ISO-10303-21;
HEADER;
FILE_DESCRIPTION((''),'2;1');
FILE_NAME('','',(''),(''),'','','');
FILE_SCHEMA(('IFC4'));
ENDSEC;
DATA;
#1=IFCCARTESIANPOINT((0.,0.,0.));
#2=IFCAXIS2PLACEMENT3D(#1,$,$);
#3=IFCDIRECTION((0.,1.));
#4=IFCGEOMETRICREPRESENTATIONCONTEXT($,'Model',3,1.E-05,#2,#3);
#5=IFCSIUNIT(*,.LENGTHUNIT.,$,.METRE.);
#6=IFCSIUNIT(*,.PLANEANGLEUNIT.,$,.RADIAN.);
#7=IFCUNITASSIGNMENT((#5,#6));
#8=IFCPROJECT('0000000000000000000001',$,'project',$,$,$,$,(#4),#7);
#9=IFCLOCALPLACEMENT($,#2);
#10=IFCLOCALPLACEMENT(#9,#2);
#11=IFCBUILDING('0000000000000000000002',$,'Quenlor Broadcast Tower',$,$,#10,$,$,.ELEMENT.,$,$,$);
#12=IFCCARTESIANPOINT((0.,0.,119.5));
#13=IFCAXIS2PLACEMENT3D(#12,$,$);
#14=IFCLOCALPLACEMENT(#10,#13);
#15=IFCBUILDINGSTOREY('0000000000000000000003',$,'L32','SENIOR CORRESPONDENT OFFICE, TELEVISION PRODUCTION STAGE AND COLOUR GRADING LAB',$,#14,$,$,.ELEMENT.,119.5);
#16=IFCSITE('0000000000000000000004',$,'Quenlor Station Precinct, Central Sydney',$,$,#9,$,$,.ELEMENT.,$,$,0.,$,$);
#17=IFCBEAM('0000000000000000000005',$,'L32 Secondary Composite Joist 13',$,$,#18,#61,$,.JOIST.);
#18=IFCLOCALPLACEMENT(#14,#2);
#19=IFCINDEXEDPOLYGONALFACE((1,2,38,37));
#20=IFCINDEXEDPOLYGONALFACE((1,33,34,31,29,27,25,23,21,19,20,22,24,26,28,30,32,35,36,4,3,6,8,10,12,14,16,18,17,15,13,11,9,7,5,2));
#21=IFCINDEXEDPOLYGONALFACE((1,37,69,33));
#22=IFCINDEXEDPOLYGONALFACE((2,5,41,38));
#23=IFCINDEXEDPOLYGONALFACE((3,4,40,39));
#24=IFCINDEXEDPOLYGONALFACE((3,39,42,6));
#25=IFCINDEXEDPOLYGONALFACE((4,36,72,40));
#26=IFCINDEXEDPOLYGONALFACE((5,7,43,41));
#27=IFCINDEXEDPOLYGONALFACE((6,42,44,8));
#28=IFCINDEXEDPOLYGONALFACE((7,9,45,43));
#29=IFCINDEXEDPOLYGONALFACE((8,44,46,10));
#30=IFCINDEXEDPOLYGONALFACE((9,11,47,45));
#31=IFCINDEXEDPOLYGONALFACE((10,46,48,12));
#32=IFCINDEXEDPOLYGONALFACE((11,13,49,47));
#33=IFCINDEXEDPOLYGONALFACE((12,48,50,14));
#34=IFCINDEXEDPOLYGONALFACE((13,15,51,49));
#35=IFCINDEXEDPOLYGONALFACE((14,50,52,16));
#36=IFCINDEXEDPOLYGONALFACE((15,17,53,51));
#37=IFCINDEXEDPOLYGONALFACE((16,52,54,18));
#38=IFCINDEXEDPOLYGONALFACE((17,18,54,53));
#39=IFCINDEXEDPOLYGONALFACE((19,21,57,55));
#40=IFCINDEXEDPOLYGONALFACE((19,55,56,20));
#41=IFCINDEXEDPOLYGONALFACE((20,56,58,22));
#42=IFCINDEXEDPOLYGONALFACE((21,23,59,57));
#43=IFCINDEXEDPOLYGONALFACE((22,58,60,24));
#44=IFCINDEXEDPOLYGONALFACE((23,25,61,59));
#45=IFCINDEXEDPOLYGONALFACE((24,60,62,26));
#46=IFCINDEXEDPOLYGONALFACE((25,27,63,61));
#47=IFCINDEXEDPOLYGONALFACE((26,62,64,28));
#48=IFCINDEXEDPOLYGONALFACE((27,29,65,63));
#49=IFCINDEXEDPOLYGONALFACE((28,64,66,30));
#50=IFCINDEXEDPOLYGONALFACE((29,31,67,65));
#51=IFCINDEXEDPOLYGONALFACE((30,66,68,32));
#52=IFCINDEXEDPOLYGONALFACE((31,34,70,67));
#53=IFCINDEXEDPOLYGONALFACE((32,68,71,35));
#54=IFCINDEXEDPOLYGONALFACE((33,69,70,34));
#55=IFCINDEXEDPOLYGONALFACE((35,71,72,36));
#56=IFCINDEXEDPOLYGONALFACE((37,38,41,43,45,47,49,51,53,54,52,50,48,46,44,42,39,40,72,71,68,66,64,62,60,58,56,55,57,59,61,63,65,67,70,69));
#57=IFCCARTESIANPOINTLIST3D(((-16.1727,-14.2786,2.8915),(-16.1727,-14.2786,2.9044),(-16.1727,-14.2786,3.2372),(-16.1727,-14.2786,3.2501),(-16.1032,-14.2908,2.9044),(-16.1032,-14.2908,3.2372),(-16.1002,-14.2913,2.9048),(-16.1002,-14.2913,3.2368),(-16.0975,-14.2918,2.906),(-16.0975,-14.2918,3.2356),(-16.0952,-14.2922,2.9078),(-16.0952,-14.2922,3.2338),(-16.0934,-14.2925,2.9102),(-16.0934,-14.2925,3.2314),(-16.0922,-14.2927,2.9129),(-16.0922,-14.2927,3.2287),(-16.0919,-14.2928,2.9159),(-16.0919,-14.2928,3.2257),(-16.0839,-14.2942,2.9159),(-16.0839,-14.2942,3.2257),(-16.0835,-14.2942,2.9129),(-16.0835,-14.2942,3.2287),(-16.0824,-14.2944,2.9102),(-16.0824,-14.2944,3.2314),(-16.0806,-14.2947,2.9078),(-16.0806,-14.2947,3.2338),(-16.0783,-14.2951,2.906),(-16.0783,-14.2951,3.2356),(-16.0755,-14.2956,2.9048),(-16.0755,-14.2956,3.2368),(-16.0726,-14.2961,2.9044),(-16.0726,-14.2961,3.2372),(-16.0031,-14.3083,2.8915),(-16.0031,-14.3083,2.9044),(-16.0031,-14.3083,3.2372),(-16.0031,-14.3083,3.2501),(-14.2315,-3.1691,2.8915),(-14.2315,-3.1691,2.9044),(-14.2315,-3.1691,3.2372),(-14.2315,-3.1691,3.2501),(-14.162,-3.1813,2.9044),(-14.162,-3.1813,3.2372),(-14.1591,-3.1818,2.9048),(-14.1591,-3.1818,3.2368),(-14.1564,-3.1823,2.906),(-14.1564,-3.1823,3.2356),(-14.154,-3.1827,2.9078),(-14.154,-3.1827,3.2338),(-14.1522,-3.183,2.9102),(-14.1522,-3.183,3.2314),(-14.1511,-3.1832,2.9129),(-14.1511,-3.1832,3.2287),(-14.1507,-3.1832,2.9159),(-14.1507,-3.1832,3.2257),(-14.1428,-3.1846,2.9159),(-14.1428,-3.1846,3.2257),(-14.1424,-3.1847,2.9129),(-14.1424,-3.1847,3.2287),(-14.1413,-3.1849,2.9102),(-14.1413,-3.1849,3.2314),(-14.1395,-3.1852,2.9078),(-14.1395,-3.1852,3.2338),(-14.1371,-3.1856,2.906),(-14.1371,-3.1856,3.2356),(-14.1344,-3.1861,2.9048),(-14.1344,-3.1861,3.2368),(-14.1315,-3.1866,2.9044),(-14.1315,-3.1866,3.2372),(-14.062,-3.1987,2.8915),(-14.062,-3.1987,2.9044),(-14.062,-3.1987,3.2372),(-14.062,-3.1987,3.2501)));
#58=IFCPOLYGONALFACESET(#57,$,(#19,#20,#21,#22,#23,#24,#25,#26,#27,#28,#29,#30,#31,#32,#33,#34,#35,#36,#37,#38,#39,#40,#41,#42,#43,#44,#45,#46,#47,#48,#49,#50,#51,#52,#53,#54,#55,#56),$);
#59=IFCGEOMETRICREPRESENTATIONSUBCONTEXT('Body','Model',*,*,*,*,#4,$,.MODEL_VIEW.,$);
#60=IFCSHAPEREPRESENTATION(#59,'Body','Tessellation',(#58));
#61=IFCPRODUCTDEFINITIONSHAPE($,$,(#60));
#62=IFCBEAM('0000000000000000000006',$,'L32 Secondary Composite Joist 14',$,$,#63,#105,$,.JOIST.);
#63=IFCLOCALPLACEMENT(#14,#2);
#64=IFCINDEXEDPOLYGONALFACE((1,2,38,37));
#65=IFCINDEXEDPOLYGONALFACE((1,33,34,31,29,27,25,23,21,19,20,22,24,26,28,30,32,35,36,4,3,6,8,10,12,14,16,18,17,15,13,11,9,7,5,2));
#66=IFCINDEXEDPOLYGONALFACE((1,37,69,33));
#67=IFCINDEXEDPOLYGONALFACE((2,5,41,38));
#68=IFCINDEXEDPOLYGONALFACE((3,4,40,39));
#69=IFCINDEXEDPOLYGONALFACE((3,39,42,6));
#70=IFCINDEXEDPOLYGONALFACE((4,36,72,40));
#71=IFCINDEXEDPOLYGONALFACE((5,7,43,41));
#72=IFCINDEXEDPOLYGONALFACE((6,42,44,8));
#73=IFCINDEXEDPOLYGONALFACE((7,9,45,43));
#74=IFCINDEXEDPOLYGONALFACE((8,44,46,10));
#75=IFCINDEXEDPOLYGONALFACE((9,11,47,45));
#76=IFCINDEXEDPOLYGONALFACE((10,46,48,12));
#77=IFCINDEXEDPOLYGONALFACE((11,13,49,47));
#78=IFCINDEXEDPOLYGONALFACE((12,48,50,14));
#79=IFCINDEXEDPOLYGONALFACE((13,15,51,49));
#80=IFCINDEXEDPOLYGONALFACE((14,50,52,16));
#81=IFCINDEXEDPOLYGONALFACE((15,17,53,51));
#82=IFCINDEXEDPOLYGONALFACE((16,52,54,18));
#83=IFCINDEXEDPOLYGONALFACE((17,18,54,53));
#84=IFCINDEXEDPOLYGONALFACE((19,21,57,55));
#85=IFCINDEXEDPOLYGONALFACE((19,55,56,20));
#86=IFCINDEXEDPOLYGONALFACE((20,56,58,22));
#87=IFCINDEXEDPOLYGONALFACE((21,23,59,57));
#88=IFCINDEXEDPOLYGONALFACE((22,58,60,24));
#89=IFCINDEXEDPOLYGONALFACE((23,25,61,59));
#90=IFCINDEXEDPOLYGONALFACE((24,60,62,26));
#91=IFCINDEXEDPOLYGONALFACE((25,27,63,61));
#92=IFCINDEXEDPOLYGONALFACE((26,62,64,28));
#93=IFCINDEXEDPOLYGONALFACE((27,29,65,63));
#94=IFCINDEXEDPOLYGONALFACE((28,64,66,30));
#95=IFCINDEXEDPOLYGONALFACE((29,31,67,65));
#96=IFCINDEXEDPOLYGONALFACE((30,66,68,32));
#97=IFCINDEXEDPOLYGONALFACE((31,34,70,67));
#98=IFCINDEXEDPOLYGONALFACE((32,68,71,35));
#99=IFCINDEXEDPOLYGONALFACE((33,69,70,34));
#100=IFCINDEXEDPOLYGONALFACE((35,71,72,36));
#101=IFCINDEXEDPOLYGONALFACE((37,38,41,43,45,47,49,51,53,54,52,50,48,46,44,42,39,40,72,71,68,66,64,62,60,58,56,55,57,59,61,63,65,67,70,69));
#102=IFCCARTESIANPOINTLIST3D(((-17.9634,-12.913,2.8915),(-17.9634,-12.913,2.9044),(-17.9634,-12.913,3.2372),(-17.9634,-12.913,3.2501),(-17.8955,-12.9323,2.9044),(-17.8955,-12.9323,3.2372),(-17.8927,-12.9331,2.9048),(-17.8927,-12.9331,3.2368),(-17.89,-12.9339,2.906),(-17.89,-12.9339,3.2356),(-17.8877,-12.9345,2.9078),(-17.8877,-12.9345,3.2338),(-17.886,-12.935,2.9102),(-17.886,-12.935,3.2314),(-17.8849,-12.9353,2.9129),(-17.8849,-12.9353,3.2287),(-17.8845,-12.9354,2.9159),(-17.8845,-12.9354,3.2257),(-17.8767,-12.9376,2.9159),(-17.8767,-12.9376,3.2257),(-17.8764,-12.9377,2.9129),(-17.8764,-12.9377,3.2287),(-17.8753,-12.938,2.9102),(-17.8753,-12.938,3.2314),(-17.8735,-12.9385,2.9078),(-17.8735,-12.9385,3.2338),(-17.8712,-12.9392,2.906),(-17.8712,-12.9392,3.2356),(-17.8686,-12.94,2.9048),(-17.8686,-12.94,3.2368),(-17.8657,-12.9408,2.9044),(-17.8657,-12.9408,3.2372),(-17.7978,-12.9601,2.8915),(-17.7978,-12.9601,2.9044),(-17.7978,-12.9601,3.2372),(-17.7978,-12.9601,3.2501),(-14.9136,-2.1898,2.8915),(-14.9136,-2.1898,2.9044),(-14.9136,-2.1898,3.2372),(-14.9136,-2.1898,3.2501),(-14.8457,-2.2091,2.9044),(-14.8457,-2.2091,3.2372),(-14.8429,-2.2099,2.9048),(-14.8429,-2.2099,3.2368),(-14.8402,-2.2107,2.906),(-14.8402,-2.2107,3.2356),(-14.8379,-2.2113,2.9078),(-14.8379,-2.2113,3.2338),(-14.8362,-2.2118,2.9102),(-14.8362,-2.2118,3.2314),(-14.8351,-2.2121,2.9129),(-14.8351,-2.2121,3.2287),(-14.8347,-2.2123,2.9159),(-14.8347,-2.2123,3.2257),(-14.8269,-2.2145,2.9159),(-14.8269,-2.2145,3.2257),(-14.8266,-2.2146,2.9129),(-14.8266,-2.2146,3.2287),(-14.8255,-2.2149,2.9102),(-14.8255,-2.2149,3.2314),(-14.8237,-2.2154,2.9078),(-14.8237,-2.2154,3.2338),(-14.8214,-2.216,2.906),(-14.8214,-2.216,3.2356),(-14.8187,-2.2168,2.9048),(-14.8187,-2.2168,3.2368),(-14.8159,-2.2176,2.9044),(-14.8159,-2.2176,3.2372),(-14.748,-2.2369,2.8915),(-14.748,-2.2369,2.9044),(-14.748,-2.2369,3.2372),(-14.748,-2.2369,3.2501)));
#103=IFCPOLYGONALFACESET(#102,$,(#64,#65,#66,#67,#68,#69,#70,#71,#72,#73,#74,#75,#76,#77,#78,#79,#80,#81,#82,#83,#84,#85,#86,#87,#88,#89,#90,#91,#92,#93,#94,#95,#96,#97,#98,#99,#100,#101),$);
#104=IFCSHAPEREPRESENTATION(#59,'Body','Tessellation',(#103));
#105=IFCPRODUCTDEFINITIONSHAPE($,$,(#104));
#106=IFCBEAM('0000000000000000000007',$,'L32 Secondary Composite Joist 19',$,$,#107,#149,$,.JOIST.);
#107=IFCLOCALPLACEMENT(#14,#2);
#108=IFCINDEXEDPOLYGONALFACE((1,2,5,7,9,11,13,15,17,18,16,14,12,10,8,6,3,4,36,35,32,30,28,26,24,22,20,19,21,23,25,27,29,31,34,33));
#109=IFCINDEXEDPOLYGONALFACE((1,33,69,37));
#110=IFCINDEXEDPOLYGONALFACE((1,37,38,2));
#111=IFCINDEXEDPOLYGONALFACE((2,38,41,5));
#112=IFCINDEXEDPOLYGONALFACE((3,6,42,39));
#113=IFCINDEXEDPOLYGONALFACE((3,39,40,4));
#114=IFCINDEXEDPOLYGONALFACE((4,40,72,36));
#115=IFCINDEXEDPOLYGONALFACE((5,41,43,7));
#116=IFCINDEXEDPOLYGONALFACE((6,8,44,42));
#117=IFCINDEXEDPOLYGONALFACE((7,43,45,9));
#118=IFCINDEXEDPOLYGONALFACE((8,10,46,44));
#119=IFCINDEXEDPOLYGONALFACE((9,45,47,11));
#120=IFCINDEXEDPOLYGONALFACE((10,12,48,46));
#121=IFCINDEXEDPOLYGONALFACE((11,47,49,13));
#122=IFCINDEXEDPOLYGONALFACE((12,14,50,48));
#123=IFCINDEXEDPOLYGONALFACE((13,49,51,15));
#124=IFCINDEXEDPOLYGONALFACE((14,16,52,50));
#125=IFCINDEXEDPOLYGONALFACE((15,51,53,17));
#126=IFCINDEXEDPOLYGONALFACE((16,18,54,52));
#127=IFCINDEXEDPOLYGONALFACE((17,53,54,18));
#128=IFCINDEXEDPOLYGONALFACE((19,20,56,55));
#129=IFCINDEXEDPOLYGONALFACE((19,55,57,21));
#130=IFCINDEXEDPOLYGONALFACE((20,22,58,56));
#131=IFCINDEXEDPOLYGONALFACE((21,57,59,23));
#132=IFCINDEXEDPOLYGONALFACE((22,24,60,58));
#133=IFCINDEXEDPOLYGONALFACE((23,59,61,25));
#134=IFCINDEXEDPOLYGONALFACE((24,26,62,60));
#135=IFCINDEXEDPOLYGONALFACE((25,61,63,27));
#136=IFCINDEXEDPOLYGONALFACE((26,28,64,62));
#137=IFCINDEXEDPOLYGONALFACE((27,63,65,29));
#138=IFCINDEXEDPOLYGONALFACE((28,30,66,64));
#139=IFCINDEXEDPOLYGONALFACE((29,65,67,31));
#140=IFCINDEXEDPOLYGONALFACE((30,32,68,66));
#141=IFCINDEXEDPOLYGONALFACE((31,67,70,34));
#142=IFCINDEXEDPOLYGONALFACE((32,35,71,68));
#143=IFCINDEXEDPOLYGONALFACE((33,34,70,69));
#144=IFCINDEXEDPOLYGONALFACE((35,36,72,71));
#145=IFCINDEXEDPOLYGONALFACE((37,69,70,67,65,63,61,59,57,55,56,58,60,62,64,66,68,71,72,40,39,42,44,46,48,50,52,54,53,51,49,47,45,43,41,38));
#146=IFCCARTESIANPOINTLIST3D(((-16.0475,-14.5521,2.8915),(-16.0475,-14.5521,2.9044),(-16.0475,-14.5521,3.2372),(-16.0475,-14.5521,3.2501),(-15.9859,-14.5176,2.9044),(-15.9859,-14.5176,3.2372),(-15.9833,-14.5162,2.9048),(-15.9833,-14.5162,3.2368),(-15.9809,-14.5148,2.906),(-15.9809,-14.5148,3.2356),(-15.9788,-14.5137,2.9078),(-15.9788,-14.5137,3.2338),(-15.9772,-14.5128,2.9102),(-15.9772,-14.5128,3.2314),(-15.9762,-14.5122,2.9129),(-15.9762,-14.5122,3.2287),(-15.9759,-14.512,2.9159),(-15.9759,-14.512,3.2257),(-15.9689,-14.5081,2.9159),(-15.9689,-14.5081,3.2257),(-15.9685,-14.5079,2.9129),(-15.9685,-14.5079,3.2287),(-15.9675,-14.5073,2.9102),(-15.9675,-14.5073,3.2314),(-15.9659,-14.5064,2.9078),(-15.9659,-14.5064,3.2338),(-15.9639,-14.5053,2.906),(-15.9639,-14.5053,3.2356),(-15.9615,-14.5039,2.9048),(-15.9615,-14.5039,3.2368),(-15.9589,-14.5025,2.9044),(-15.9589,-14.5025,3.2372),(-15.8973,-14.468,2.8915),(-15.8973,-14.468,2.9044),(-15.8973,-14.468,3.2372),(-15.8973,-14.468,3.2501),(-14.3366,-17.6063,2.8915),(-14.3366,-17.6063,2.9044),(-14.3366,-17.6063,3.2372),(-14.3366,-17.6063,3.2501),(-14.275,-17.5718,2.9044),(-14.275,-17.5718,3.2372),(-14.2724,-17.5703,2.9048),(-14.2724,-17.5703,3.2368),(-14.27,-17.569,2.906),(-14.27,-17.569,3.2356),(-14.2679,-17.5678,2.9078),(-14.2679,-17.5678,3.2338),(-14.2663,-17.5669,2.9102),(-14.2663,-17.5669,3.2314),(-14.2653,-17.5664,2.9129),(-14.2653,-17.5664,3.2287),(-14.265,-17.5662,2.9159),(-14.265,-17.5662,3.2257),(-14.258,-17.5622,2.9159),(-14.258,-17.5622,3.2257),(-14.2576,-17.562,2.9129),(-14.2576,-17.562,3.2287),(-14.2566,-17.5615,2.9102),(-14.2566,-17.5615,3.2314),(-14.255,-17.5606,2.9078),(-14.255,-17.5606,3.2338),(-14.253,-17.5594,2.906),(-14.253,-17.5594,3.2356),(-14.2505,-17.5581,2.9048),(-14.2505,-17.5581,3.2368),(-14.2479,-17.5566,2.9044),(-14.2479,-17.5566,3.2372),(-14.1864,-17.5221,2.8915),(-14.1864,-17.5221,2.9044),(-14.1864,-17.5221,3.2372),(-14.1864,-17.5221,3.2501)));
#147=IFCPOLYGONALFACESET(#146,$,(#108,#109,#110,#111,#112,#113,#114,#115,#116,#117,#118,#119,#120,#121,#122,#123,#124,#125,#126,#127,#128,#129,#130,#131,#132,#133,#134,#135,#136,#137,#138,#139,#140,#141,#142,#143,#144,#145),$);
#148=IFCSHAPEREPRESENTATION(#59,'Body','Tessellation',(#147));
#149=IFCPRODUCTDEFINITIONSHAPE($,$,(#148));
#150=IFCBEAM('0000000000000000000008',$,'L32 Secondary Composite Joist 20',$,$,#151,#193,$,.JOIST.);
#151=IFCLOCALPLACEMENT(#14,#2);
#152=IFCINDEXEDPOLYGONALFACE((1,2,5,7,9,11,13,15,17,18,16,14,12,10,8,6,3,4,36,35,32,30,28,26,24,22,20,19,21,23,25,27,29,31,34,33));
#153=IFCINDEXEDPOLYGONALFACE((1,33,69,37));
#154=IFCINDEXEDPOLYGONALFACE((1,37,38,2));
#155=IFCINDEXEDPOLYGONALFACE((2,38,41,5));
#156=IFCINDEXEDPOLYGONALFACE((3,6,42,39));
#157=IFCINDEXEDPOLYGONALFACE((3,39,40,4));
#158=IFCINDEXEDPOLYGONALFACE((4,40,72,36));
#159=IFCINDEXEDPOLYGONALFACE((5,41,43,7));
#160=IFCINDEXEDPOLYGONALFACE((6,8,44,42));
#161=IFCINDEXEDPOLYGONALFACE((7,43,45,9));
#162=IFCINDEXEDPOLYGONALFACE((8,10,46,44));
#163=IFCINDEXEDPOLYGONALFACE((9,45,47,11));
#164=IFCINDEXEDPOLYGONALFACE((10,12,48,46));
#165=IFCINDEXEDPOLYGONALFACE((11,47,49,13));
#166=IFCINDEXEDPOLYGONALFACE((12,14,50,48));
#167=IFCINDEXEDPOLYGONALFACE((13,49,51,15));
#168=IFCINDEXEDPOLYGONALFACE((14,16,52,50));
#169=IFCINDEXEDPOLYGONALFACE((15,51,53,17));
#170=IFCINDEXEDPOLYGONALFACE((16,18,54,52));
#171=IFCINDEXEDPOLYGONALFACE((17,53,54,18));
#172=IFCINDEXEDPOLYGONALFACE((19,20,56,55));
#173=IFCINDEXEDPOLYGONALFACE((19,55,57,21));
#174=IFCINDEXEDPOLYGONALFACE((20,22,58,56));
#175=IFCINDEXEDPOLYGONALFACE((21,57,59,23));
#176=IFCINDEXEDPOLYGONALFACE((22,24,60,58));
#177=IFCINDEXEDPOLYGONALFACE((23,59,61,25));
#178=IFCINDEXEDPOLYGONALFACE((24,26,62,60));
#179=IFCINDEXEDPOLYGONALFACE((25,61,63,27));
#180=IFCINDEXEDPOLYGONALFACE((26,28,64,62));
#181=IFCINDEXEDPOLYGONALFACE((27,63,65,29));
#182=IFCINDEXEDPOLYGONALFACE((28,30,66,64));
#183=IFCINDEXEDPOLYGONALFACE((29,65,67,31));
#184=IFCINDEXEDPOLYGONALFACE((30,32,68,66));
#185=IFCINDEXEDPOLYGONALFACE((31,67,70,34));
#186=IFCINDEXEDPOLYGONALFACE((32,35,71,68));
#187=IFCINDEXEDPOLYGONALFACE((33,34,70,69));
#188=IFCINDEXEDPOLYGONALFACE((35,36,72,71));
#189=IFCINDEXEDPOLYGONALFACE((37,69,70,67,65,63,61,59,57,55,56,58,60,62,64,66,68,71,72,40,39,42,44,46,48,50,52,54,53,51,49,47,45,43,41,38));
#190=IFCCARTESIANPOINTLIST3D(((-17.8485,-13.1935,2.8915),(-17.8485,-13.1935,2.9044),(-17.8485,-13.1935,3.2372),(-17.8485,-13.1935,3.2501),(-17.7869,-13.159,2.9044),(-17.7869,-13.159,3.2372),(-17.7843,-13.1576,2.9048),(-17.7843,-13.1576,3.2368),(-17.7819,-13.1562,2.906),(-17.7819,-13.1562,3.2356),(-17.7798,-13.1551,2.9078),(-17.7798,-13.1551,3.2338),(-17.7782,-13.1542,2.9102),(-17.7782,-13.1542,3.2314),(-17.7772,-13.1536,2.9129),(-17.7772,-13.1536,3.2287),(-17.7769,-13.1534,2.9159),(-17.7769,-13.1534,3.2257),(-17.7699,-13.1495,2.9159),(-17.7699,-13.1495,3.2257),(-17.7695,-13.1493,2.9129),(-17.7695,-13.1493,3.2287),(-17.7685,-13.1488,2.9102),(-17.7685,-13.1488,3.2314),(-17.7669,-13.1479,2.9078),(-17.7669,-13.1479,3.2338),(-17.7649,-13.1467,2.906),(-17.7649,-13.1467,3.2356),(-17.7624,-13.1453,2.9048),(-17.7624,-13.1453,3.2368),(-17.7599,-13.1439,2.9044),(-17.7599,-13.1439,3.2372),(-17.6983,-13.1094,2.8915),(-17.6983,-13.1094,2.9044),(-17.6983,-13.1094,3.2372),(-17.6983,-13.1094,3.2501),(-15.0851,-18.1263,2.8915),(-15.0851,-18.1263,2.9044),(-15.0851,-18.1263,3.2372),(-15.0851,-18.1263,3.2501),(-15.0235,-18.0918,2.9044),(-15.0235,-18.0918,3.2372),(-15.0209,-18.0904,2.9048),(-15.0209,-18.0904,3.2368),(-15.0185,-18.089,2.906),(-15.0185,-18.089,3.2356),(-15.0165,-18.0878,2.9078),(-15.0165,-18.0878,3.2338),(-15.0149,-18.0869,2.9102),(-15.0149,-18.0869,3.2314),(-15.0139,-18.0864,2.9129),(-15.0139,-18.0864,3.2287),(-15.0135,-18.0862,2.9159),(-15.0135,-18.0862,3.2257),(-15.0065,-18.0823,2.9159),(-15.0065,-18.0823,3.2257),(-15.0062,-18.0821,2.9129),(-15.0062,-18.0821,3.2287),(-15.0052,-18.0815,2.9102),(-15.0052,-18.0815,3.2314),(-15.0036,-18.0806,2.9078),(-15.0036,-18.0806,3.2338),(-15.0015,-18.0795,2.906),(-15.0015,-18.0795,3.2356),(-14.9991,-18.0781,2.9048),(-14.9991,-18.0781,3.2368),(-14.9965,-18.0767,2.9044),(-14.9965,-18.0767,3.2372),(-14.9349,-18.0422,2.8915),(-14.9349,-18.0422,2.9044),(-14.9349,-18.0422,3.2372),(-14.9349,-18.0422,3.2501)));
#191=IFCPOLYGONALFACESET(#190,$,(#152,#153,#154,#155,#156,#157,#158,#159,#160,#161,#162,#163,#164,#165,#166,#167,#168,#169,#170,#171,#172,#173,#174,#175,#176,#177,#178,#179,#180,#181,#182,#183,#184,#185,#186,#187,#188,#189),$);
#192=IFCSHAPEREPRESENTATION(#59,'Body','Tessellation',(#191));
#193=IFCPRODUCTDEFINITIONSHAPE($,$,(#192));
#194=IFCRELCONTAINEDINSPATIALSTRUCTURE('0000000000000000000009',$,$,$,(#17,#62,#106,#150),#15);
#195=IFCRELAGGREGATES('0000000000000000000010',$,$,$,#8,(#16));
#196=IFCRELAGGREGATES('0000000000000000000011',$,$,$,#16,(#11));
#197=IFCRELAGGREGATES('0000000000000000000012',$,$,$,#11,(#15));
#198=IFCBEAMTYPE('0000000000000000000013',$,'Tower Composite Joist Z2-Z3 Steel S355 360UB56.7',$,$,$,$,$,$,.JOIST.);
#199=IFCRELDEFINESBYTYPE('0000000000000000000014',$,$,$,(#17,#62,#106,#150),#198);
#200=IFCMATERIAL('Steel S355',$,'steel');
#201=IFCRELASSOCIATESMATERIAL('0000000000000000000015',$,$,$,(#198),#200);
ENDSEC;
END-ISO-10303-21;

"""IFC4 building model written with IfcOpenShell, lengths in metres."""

from ifc_helpers import new_model, si_unit, direction, frame, origin, origin_2d, place, context, subcontext, project, spatial, i_section, extrude, material, material_profile, profile_set, type_object, element, save


model = new_model("IFC4")

# Units and contexts
model_context = context("Model", 3, precision=1e-05, world=origin(), true_north=direction((0.0, 1.0)))
body_context = subcontext(model_context, "Body", "Model", "MODEL_VIEW")
ifc_project = project(units=[si_unit("LENGTHUNIT", "METRE"), si_unit("PLANEANGLEUNIT", "RADIAN")], contexts=[model_context])

# Site, building, storey
site_placement = place(None, origin())
site = spatial("IfcSite", under=ifc_project, at=site_placement, Name="Quenlor Station Precinct, Central Sydney", CompositionType="ELEMENT", RefElevation=0.0)
building_placement = place(site_placement, origin())
building = spatial("IfcBuilding", under=site, at=building_placement, Name="Quenlor Broadcast Tower", CompositionType="ELEMENT")
storey_placement = place(building_placement, frame((0.0, 0.0, 119.5)))
storey = spatial("IfcBuildingStorey", under=building, at=storey_placement, Name="L32", Description="SENIOR CORRESPONDENT OFFICE, TELEVISION PRODUCTION STAGE AND COLOUR GRADING LAB", CompositionType="ELEMENT", Elevation=119.5)

# Beams
ifc_material_1 = material(Name="Steel S355", Category="steel")
ifc_material_profile_1 = material_profile(ifc_material_1, i_section(OverallWidth=0.1721, OverallDepth=0.3586, WebThickness=0.0081, FlangeThickness=0.0129, FilletRadius=0.0115, at=origin_2d()))
ifc_profile_set_1 = profile_set([ifc_material_profile_1], Name="Steel S355 360UB56.7")
beam_type_1 = type_object("IfcBeamType", Name="Tower Composite Joist Z2-Z3 Steel S355 360UB56.7", PredefinedType="JOIST", material=ifc_profile_set_1)
beam_1_placement = place(storey_placement, frame((-16.0879, -14.2935, 3.0708), z_axis=(0.17212, 0.985076, 0.0), x_axis=(-0.985076, 0.17212, 0.0)))
element("IfcBeam", 1, at=beam_1_placement, inside=storey, type_object=beam_type_1, Name="L32 Secondary Composite Joist 13", PredefinedType="JOIST", context=body_context, shape_type="SweptSolid", body=[
    extrude(i_section(OverallWidth=0.1721, OverallDepth=0.3586, WebThickness=0.0081, FlangeThickness=0.0129, FilletRadius=0.0115, at=origin_2d()), origin(), (0.0, 0.0, 1.0), 11.2778),
])
beam_2_placement = place(storey_placement, frame((-17.8806, -12.9365, 3.0708), z_axis=(0.273564, 0.961854, 0.0), x_axis=(-0.961854, 0.273564, 0.0)))
element("IfcBeam", 2, at=beam_2_placement, inside=storey, type_object=beam_type_1, Name="L32 Secondary Composite Joist 14", PredefinedType="JOIST", context=body_context, shape_type="SweptSolid", body=[
    extrude(i_section(OverallWidth=0.1721, OverallDepth=0.3586, WebThickness=0.0081, FlangeThickness=0.0129, FilletRadius=0.0115, at=origin_2d()), origin(), (0.0, 0.0, 1.0), 11.1484),
])
beam_3_placement = place(storey_placement, frame((-14.2615, -17.5642, 3.0708), z_axis=(-0.488731, 0.872435, 0.0), x_axis=(-0.872435, -0.488731, 0.0)))
element("IfcBeam", 3, at=beam_3_placement, inside=storey, type_object=beam_type_1, Name="L32 Secondary Composite Joist 19", PredefinedType="JOIST", context=body_context, shape_type="SweptSolid", body=[
    extrude(i_section(OverallWidth=0.1721, OverallDepth=0.3586, WebThickness=0.0081, FlangeThickness=0.0129, FilletRadius=0.0115, at=origin_2d()), origin(), (0.0, 0.0, 1.0), 3.5007),
])
beam_4_placement = place(storey_placement, frame((-15.01, -18.0842, 3.0708), z_axis=(-0.488741, 0.872429, 0.0), x_axis=(-0.872429, -0.488741, 0.0)))
element("IfcBeam", 4, at=beam_4_placement, inside=storey, type_object=beam_type_1, Name="L32 Secondary Composite Joist 20", PredefinedType="JOIST", context=body_context, shape_type="SweptSolid", body=[
    extrude(i_section(OverallWidth=0.1721, OverallDepth=0.3586, WebThickness=0.0081, FlangeThickness=0.0129, FilletRadius=0.0115, at=origin_2d()), origin(), (0.0, 0.0, 1.0), 5.6541),
])

save(model, "model.ifc")
